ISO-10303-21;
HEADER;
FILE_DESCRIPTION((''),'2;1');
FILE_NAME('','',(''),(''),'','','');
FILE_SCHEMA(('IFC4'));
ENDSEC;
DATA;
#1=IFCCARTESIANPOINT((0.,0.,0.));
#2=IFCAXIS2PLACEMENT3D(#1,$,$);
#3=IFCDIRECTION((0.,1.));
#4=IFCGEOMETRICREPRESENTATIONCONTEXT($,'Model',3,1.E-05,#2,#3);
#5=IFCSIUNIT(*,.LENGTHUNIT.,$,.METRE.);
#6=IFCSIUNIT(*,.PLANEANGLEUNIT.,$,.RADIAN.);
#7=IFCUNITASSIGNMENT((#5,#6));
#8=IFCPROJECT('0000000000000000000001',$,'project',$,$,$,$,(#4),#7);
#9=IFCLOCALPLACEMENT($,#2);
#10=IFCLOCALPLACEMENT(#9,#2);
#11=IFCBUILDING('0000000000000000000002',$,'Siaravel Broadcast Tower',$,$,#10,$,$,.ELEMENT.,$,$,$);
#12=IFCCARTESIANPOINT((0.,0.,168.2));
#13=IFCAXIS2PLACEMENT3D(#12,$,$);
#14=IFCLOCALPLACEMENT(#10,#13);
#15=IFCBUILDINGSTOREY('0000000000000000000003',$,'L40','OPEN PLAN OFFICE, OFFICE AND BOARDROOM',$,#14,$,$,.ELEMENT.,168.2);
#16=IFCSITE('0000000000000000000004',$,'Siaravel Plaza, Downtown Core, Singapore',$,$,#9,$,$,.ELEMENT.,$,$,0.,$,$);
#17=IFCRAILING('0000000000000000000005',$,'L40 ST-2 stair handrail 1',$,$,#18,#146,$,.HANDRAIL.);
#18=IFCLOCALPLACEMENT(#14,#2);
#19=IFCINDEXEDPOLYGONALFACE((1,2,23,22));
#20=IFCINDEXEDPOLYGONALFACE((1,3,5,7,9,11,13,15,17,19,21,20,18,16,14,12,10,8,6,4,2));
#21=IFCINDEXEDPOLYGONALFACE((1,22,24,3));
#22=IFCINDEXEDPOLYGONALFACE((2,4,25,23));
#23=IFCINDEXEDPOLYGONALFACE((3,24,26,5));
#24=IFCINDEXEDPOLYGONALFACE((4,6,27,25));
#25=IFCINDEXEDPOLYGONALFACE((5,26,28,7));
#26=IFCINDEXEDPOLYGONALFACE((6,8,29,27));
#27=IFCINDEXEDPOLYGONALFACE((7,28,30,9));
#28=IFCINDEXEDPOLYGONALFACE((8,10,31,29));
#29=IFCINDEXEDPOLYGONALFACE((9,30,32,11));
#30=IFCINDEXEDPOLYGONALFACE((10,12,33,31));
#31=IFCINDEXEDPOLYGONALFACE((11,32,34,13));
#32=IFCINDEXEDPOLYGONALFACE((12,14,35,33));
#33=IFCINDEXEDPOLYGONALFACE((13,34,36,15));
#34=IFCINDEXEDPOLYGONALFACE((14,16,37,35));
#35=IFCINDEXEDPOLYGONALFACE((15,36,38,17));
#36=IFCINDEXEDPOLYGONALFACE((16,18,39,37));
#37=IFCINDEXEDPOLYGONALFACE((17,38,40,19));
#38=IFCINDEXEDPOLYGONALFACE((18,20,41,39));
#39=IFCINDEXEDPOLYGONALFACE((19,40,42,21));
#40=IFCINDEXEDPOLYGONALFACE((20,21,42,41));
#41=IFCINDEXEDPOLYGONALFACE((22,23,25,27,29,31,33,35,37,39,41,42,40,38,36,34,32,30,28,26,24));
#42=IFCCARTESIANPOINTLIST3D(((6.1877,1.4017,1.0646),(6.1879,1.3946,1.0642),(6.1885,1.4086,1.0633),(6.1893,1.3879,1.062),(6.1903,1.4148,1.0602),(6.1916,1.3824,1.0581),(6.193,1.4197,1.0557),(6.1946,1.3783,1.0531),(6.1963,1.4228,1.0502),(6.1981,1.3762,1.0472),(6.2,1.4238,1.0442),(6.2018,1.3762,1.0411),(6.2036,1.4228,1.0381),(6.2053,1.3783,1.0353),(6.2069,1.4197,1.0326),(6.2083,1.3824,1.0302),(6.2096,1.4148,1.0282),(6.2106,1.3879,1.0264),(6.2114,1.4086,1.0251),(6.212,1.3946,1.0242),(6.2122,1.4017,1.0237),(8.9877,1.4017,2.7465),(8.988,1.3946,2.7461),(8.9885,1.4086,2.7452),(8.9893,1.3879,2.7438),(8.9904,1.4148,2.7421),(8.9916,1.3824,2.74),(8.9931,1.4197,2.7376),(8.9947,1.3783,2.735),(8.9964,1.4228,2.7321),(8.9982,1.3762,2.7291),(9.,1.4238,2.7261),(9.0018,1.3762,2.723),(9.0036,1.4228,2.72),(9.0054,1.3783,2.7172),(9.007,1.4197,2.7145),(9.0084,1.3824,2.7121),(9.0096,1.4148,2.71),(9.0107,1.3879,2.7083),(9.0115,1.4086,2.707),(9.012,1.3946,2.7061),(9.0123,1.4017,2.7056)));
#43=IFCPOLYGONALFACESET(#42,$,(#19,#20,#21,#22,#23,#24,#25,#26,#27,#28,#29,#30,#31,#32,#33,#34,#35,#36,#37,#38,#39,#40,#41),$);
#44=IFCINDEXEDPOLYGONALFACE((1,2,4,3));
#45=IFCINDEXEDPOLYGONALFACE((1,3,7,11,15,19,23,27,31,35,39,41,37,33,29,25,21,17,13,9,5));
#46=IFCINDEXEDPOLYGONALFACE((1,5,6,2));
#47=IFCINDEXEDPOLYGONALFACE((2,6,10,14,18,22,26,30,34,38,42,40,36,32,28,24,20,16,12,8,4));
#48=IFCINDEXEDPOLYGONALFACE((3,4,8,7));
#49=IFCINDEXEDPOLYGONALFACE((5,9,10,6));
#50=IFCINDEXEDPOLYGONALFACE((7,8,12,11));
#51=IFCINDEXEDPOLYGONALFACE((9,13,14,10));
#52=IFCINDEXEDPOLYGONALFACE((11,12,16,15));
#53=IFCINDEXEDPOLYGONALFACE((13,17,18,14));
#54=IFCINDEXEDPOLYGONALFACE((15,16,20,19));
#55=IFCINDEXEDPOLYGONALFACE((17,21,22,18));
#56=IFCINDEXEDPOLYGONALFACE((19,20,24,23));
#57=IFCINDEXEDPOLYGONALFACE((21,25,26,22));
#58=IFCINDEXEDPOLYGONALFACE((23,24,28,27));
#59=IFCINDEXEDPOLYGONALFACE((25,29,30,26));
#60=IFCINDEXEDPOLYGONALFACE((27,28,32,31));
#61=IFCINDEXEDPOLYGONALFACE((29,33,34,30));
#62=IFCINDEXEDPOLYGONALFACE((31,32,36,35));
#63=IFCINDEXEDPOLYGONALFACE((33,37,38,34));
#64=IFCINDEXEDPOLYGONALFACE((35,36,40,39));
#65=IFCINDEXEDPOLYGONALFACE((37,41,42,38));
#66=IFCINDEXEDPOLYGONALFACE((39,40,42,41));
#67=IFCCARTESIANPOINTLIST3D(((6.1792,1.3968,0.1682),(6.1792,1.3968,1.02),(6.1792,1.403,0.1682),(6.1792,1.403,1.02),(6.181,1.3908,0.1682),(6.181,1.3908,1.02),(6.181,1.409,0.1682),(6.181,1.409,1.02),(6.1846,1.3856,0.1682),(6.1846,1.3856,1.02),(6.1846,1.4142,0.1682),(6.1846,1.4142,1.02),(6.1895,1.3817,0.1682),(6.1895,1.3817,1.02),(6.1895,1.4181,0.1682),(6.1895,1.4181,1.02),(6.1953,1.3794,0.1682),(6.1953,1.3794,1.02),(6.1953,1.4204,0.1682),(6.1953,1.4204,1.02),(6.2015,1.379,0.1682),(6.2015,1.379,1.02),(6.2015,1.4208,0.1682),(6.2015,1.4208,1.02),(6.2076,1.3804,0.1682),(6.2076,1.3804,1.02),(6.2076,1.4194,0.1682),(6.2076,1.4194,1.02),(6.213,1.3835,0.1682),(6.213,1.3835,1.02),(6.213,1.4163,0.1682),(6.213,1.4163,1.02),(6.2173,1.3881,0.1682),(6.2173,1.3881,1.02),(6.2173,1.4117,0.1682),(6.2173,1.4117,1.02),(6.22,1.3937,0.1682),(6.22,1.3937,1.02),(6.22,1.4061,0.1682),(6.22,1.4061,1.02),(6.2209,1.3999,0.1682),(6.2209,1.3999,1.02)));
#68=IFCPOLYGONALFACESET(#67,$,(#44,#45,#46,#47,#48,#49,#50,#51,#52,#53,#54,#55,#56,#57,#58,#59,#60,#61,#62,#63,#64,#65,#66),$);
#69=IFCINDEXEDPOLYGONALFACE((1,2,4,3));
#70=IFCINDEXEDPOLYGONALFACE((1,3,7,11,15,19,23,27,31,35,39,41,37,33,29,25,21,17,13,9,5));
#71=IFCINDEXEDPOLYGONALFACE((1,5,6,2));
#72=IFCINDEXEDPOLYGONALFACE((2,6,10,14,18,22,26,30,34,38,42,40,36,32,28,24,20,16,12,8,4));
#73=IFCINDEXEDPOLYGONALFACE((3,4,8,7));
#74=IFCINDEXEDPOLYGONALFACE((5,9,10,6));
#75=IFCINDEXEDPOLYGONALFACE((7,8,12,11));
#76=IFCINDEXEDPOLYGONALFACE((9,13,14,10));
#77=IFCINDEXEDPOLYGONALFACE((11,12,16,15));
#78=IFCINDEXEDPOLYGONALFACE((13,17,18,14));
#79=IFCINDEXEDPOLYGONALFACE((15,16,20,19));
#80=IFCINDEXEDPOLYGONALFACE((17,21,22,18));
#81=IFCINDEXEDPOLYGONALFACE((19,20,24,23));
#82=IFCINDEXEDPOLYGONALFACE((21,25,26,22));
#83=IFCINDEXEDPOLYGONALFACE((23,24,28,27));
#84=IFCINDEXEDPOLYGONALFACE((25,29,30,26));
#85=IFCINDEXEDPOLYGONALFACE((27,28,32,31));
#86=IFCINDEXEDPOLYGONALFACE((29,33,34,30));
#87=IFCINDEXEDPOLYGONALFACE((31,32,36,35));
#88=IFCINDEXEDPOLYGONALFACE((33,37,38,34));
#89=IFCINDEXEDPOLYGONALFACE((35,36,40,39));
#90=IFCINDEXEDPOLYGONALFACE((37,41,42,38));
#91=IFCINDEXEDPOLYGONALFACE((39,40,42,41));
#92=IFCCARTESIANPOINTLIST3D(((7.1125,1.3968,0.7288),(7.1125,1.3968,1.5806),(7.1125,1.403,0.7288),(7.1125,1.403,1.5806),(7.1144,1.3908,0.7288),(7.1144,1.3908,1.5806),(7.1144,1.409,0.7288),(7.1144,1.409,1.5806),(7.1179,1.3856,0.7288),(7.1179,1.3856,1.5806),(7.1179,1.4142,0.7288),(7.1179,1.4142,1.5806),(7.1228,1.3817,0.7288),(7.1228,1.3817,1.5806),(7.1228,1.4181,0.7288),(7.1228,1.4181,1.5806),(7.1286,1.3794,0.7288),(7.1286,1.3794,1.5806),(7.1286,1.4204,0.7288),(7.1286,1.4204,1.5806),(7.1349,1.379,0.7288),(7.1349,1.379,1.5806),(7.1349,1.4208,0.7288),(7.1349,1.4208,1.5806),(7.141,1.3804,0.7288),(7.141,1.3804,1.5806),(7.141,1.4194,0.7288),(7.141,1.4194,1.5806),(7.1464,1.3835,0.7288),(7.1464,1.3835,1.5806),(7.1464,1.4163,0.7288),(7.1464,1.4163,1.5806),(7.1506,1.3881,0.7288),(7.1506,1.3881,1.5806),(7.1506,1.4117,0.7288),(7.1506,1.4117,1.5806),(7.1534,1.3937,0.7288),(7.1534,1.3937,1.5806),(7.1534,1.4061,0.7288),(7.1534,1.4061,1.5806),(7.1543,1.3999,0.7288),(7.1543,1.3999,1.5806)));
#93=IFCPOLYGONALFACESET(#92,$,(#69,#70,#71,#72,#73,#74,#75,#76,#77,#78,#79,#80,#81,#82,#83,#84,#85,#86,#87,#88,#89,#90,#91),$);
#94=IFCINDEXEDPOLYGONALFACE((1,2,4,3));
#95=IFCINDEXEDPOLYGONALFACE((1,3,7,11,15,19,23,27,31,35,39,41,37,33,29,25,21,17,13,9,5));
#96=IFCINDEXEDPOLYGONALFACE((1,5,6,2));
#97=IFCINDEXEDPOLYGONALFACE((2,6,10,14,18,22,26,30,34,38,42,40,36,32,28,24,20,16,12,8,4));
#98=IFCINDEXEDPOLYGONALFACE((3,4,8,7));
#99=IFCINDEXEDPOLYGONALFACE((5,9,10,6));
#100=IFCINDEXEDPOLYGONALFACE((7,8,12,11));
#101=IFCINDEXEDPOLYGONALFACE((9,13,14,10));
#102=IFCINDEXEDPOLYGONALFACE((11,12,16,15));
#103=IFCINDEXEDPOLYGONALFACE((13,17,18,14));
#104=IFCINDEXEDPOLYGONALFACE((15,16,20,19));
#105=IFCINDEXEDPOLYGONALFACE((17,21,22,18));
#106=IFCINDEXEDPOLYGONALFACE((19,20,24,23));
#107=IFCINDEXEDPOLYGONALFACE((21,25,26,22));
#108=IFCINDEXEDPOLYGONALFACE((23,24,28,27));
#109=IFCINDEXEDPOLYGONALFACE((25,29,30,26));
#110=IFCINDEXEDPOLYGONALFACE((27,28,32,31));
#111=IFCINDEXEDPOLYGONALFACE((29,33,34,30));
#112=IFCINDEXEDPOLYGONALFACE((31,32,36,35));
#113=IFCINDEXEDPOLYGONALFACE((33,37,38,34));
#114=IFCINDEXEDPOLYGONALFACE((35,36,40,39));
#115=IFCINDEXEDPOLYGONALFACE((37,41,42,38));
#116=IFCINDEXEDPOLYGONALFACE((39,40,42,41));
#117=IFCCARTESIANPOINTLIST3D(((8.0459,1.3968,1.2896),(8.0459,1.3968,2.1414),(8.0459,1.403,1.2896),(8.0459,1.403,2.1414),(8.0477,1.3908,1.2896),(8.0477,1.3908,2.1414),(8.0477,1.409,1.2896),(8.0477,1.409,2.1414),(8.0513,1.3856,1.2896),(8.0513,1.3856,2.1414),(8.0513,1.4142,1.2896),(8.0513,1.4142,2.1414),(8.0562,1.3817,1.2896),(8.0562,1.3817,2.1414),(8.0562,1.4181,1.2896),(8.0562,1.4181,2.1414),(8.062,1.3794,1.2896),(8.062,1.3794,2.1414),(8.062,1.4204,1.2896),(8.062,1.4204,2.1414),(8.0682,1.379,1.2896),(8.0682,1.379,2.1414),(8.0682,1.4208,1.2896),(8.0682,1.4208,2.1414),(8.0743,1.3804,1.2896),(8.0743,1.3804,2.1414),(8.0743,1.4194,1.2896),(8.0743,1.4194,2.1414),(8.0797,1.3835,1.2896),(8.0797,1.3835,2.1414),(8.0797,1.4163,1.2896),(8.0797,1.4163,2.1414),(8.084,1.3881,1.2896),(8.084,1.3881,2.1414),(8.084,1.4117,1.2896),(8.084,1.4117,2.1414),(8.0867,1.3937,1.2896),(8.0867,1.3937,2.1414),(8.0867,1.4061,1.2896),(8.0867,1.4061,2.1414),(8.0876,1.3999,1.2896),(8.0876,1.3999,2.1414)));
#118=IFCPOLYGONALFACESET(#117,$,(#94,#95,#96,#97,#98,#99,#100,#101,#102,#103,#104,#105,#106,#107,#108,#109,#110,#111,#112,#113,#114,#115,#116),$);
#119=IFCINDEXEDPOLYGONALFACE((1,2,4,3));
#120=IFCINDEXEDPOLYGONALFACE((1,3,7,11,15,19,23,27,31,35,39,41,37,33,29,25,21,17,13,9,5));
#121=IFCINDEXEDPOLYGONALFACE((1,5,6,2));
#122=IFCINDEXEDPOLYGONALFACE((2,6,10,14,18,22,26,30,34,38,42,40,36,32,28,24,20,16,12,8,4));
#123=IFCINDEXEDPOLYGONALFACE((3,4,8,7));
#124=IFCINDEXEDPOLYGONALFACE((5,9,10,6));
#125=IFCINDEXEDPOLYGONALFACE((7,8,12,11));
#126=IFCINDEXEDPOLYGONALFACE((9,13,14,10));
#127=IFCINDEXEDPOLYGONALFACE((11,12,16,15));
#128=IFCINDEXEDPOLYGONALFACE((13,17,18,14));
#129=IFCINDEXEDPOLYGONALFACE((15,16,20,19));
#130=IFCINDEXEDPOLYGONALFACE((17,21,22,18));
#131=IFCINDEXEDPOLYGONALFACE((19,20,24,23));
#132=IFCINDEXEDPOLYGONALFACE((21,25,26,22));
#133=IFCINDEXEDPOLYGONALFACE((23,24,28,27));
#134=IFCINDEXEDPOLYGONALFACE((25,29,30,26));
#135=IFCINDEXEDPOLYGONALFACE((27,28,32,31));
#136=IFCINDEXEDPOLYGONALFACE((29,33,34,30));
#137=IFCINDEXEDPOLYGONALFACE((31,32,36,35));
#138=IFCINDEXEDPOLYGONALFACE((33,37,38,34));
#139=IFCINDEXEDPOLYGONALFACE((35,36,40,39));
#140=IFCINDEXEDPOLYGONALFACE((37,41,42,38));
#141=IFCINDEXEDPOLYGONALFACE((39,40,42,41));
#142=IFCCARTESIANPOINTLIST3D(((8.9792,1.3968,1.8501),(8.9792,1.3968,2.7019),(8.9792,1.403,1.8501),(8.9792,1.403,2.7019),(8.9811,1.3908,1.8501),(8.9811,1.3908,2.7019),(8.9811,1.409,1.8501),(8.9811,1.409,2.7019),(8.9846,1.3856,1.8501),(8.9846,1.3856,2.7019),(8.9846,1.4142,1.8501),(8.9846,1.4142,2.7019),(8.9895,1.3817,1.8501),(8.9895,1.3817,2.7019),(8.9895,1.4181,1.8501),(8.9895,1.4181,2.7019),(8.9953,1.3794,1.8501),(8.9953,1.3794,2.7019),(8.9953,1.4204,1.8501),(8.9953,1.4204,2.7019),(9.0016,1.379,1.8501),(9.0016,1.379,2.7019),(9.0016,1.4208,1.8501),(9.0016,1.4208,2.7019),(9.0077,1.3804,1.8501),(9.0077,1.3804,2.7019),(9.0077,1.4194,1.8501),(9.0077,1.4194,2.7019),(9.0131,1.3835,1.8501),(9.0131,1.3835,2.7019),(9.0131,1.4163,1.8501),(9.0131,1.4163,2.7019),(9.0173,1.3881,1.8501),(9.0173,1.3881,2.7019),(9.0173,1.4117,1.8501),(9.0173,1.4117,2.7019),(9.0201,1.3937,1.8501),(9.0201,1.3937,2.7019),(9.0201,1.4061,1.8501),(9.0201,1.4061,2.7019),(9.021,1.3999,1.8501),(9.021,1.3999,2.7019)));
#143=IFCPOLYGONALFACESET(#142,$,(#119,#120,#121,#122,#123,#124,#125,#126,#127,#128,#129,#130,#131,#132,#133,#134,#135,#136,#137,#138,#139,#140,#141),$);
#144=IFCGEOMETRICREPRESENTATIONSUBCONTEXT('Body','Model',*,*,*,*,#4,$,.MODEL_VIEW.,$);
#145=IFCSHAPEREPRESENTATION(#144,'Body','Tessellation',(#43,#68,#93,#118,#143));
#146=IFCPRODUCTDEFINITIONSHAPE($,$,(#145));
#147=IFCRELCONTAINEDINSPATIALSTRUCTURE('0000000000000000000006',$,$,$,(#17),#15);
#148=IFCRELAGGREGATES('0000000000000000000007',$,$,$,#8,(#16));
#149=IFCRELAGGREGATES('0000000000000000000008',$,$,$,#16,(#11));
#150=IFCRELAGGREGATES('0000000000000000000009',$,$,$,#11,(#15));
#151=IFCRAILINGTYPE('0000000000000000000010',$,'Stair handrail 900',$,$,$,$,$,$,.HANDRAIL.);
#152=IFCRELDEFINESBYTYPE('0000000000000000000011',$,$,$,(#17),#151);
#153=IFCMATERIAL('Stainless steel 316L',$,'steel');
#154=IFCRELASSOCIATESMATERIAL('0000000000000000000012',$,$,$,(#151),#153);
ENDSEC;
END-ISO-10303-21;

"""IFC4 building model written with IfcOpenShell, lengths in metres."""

from ifc_helpers import new_model, si_unit, direction, frame, origin, origin_2d, place, context, subcontext, project, spatial, circle, extrude, material, type_object, element, save


model = new_model("IFC4")

# Units and contexts
model_context = context("Model", 3, precision=1e-05, world=origin(), true_north=direction((0.0, 1.0)))
body_context = subcontext(model_context, "Body", "Model", "MODEL_VIEW")
ifc_project = project(units=[si_unit("LENGTHUNIT", "METRE"), si_unit("PLANEANGLEUNIT", "RADIAN")], contexts=[model_context])

# Site, building, storey
site_placement = place(None, origin())
site = spatial("IfcSite", under=ifc_project, at=site_placement, Name="Siaravel Plaza, Downtown Core, Singapore", CompositionType="ELEMENT", RefElevation=0.0)
building_placement = place(site_placement, origin())
building = spatial("IfcBuilding", under=site, at=building_placement, Name="Siaravel Broadcast Tower", CompositionType="ELEMENT")
storey_placement = place(building_placement, frame((0.0, 0.0, 168.2)))
storey = spatial("IfcBuildingStorey", under=building, at=storey_placement, Name="L40", Description="OPEN PLAN OFFICE, OFFICE AND BOARDROOM", CompositionType="ELEMENT", Elevation=168.2)

# Railing
ifc_material_1 = material(Name="Stainless steel 316L", Category="steel")
railing_type_1 = type_object("IfcRailingType", Name="Stair handrail 900", PredefinedType="HANDRAIL", material=ifc_material_1)
railing_1_placement = place(storey_placement, frame((6.2, 1.3999, 0.1682)))
element("IfcRailing", 1, at=railing_1_placement, inside=storey, type_object=railing_type_1, Name="L40 ST-2 stair handrail 1", PredefinedType="HANDRAIL", context=body_context, shape_type="SweptSolid", body=[
    extrude(circle(Radius=0.0239, at=origin_2d()), frame((0.0, 0.0, 0.876), z_axis=(0.857242, 0.0, 0.514913), x_axis=(0.0, 1.0, 0.0)), (0.0, 0.0, 1.0), 3.2664),
    extrude(circle(Radius=0.021, at=origin_2d()), origin(), (0.0, 0.0, 1.0), 0.8518),
    extrude(circle(Radius=0.021, at=origin_2d()), frame((0.9333, 0.0, 0.5605)), (0.0, 0.0, 1.0), 0.8518),
    extrude(circle(Radius=0.021, at=origin_2d()), frame((1.8667, 0.0, 1.1213)), (0.0, 0.0, 1.0), 0.8518),
    extrude(circle(Radius=0.021, at=origin_2d()), frame((2.8, 0.0, 1.6819)), (0.0, 0.0, 1.0), 0.8518),
])

save(model, "model.ifc")
